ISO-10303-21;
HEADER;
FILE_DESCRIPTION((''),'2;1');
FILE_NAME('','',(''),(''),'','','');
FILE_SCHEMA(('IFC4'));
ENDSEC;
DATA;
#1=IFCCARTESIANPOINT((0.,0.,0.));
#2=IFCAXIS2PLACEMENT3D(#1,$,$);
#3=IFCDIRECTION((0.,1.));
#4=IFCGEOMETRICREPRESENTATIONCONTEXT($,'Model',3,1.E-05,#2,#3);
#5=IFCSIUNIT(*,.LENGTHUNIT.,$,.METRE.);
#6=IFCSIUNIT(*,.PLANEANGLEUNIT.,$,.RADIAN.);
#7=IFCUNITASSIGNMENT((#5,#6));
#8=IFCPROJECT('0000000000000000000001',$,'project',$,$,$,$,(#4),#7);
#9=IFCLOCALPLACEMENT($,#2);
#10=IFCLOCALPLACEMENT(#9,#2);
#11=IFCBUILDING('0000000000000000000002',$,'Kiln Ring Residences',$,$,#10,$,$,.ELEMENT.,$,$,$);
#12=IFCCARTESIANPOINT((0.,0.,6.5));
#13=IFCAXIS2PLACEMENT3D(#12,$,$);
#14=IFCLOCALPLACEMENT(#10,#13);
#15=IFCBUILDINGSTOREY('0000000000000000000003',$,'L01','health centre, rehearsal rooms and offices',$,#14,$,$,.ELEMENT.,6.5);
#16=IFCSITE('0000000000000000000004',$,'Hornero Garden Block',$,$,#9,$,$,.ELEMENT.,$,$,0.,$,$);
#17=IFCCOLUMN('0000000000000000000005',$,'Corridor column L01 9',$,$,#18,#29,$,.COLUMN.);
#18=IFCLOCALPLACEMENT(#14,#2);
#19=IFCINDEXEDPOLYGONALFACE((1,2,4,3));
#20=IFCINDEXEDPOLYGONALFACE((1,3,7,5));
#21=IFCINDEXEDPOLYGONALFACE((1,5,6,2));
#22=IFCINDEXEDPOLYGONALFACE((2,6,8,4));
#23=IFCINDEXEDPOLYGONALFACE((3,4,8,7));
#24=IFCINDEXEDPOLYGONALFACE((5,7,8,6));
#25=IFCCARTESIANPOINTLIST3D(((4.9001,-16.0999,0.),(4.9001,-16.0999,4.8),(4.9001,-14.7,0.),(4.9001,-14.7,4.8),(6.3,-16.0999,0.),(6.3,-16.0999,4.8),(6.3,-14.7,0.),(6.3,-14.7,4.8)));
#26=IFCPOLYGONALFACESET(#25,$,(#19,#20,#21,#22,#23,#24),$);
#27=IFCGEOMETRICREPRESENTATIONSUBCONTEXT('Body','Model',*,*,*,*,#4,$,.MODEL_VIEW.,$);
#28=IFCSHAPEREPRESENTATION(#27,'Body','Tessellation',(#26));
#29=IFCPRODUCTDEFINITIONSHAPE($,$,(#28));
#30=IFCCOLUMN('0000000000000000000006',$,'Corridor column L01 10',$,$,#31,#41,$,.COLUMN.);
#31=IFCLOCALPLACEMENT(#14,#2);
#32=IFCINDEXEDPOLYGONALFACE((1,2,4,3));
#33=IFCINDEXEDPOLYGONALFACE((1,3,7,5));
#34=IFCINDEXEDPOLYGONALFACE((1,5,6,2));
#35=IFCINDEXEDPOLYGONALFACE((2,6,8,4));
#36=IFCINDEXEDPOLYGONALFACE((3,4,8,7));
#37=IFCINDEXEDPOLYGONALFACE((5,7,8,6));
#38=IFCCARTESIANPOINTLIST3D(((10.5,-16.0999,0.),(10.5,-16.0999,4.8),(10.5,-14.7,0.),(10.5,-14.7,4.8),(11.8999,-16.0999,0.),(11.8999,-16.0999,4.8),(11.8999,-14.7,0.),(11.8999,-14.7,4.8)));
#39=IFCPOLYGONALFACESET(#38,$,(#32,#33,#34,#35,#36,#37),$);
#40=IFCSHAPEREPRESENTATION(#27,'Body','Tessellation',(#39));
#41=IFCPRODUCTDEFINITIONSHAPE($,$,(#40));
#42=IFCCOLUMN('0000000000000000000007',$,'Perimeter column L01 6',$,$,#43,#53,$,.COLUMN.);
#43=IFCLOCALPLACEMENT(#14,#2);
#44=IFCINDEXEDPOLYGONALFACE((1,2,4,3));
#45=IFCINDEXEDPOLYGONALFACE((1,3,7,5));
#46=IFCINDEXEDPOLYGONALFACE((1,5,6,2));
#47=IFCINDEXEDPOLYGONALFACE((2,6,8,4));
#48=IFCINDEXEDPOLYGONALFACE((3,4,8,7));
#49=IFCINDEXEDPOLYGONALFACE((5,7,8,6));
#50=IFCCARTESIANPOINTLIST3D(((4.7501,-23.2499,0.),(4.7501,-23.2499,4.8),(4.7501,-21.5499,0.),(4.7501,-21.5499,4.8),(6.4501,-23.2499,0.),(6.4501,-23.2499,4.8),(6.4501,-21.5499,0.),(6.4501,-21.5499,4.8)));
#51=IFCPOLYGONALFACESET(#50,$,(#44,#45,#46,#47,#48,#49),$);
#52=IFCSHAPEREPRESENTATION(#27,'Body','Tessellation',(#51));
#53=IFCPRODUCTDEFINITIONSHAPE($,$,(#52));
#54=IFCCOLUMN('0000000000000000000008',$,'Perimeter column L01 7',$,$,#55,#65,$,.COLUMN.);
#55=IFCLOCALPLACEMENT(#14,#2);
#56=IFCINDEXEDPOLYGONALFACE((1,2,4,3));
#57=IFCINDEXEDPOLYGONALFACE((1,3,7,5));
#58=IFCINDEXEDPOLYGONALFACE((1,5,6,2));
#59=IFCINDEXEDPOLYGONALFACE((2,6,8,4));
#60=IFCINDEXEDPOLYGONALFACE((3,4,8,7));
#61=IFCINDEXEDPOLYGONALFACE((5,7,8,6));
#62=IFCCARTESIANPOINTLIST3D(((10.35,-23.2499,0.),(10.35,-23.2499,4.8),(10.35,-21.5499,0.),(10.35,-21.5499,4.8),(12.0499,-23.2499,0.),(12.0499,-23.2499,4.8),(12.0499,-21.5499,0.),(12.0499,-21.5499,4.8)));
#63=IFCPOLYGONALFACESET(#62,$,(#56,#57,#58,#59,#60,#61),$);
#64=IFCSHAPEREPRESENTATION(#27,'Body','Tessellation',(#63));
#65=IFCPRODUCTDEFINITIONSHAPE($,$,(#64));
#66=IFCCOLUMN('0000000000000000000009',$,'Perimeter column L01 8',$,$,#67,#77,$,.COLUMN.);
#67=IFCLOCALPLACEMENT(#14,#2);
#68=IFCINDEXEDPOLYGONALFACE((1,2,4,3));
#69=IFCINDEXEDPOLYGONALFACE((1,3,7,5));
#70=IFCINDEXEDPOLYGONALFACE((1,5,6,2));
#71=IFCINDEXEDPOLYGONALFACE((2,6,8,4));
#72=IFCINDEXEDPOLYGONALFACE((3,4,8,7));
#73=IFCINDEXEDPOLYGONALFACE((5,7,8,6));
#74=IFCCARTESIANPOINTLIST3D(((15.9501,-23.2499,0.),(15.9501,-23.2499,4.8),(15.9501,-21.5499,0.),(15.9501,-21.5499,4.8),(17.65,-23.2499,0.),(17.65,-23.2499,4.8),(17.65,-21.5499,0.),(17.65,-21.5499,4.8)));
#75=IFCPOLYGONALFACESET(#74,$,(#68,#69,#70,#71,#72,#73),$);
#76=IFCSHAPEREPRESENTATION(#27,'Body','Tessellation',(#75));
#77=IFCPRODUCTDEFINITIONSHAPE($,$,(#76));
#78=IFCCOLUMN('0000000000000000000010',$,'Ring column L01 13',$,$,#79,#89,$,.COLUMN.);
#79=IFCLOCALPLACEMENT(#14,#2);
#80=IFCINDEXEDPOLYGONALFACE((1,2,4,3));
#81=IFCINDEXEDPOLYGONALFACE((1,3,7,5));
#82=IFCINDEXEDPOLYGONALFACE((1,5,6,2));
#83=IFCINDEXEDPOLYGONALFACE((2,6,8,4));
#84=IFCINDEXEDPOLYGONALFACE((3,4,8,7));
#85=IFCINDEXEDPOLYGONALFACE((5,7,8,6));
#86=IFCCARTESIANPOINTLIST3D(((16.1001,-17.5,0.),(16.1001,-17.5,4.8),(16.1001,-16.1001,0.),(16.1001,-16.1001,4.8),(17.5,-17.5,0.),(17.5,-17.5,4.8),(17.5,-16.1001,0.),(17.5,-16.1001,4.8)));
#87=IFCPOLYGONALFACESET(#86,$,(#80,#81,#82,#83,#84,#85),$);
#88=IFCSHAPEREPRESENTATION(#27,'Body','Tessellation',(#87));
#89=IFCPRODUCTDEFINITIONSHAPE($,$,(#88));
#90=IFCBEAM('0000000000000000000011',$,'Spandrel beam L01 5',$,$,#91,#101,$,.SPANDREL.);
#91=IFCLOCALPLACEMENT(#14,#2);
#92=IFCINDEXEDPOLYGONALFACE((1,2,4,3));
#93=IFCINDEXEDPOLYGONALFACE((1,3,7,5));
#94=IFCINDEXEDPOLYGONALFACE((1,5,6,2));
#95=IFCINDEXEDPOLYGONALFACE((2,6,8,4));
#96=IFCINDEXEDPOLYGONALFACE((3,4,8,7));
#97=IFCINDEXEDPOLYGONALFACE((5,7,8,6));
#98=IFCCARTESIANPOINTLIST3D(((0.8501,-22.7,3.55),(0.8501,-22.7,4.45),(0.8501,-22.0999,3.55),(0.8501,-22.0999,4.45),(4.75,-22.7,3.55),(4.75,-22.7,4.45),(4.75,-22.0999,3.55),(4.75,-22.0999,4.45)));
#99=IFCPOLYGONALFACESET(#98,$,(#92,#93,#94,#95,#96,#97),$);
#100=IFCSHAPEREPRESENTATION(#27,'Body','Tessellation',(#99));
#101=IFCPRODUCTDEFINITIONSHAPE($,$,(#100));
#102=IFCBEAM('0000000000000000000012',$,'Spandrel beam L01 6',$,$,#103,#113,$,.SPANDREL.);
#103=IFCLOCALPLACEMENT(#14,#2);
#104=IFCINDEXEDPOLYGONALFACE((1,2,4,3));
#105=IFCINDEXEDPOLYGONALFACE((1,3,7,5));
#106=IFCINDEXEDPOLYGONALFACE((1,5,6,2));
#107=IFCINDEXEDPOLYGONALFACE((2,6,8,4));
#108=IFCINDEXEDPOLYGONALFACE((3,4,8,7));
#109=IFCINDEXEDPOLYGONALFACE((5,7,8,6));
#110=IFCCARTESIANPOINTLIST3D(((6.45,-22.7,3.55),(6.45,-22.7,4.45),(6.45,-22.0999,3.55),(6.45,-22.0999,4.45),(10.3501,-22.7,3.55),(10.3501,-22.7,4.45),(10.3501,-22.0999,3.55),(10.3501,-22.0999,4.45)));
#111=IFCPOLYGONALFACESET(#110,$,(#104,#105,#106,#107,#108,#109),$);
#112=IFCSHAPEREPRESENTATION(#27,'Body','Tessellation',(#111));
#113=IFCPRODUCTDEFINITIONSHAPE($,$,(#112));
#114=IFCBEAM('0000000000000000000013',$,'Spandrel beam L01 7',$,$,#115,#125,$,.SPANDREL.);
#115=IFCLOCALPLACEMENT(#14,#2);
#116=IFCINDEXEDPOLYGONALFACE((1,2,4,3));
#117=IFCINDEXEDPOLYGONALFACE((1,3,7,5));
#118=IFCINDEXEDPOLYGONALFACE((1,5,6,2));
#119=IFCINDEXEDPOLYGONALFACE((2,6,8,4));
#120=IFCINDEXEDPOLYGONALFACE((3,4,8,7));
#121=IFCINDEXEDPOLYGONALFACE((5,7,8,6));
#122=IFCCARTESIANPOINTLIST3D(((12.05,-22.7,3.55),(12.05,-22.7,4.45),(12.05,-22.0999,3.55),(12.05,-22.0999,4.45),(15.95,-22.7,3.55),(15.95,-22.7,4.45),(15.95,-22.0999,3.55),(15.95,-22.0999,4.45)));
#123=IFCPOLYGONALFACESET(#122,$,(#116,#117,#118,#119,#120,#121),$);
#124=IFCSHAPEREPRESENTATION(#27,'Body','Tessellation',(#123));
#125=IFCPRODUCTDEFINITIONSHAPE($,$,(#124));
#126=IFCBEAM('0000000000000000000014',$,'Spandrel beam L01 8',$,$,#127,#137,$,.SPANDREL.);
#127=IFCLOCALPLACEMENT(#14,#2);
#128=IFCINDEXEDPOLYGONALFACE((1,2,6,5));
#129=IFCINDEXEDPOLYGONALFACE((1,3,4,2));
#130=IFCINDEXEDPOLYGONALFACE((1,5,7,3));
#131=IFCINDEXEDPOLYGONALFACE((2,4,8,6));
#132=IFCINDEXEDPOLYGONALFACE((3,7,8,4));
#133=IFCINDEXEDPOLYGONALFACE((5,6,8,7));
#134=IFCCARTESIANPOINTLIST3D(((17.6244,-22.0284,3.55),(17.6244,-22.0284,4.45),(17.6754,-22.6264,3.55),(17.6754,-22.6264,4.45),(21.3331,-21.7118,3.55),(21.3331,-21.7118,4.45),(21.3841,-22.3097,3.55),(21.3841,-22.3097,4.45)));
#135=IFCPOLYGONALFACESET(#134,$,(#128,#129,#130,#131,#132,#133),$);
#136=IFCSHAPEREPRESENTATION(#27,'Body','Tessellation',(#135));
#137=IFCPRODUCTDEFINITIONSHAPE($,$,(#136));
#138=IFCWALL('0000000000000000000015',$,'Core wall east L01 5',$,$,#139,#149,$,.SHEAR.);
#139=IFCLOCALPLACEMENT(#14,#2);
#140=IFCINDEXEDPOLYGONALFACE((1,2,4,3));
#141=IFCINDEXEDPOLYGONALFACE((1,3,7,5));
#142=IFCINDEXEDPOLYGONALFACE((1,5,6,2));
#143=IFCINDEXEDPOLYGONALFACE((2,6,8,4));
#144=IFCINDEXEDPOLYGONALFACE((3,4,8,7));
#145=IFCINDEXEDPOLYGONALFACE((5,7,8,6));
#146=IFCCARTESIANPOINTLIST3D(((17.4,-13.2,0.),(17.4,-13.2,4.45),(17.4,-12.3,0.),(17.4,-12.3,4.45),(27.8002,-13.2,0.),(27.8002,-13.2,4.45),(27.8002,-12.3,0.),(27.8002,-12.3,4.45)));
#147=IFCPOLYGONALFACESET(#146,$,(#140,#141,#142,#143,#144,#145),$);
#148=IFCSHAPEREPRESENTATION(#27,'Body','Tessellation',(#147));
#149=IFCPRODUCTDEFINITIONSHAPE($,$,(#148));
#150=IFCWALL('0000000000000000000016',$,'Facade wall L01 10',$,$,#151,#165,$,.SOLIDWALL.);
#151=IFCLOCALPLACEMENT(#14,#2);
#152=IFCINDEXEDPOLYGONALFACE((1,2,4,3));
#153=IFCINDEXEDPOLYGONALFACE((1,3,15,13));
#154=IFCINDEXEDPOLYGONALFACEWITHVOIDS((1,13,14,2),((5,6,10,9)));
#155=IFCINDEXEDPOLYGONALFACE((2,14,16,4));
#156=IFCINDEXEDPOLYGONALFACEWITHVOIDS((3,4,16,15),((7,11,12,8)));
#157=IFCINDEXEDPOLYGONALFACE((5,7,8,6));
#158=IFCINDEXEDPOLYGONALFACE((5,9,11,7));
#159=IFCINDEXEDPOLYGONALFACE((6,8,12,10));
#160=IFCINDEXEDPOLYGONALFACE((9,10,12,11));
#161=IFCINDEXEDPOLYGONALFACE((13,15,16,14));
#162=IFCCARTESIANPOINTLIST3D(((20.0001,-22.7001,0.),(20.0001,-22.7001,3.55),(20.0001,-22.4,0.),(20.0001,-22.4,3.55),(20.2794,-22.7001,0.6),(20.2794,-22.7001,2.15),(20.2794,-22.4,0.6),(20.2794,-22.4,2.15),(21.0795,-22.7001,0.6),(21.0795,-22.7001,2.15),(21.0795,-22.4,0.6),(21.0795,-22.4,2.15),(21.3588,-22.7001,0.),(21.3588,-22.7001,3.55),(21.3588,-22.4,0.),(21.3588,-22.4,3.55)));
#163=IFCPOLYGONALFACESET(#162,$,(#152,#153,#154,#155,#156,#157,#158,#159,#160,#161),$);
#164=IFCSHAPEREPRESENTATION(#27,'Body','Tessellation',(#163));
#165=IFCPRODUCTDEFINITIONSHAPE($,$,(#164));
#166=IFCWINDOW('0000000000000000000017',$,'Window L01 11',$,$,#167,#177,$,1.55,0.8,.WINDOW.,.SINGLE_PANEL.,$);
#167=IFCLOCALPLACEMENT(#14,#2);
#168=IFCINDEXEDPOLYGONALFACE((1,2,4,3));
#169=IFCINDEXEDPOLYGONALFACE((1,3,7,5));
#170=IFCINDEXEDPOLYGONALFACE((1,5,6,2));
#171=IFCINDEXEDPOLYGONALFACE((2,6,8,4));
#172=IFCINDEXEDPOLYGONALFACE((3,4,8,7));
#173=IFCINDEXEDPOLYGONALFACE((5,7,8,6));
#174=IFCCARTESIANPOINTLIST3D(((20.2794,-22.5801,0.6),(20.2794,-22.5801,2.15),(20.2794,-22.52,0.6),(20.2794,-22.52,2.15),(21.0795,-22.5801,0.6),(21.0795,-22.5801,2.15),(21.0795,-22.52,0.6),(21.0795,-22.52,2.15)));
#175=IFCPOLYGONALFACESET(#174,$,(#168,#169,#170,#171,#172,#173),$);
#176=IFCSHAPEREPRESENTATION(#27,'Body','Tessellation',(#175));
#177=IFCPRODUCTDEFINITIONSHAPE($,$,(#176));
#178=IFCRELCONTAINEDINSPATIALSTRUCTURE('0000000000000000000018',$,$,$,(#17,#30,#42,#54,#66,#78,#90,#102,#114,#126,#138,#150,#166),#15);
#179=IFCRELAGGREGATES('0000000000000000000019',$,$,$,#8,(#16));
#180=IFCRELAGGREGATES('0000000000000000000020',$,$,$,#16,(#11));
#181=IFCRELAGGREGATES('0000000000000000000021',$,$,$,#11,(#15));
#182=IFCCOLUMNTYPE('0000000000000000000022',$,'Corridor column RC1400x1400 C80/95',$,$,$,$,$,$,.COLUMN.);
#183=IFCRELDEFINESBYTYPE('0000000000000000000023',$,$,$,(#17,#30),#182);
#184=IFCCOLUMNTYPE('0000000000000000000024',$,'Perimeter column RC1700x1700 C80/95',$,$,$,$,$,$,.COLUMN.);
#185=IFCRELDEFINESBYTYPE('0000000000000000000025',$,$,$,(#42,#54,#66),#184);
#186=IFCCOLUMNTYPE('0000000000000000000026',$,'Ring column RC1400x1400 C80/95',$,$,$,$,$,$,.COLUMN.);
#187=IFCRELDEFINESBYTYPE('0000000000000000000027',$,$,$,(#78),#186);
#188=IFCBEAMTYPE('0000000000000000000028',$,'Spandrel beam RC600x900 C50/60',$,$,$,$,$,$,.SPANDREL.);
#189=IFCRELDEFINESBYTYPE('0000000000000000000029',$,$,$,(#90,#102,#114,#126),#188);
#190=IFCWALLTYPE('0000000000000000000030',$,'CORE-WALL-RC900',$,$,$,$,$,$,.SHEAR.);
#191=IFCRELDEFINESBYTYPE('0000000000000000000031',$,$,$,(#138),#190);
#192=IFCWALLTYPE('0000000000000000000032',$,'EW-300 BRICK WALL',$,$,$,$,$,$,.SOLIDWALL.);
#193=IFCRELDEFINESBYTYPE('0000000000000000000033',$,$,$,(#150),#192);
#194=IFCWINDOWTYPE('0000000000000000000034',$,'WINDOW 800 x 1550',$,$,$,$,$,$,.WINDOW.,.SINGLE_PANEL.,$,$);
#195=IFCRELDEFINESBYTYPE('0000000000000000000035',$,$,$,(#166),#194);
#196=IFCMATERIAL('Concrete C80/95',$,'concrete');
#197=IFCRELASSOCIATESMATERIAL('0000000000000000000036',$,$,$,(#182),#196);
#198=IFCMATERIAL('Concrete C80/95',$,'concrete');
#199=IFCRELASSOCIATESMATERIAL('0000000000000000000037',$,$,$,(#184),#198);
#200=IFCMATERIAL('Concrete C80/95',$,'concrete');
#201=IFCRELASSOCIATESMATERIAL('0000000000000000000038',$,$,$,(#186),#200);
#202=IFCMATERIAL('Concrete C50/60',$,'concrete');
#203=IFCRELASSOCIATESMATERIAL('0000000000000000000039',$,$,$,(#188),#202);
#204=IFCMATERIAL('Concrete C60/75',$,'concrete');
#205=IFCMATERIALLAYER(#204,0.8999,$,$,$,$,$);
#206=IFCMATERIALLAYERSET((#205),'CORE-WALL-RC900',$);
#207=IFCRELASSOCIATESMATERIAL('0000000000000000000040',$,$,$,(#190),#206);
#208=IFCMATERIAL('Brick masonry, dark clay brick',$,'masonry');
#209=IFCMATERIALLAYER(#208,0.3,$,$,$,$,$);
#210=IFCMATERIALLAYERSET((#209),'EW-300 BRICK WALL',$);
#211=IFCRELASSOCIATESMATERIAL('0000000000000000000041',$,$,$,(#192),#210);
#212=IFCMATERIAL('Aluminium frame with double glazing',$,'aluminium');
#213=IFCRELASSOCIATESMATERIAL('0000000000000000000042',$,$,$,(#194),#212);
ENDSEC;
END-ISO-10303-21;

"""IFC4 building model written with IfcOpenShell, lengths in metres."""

from ifc_helpers import new_model, si_unit, direction, frame, frame_2d, origin, origin_2d, place, context, subcontext, project, spatial, rectangle, extrude, material, layer, layer_set, material_profile, profile_set, type_object, element, fill, save


model = new_model("IFC4")

# Units and contexts
model_context = context("Model", 3, precision=1e-05, world=origin(), true_north=direction((0.0, 1.0)))
body_context = subcontext(model_context, "Body", "Model", "MODEL_VIEW")
ifc_project = project(units=[si_unit("LENGTHUNIT", "METRE"), si_unit("PLANEANGLEUNIT", "RADIAN")], contexts=[model_context])

# Site, building, storey
site_placement = place(None, origin())
site = spatial("IfcSite", under=ifc_project, at=site_placement, Name="Hornero Garden Block", CompositionType="ELEMENT", RefElevation=0.0)
building_placement = place(site_placement, origin())
building = spatial("IfcBuilding", under=site, at=building_placement, Name="Kiln Ring Residences", CompositionType="ELEMENT")
storey_placement = place(building_placement, frame((0.0, 0.0, 6.5)))
storey = spatial("IfcBuildingStorey", under=building, at=storey_placement, Name="L01", Description="health centre, rehearsal rooms and offices", CompositionType="ELEMENT", Elevation=6.5)

# Columns
ifc_material_1 = material(Name="Concrete C80/95", Category="concrete")
ifc_material_profile_1 = material_profile(ifc_material_1, rectangle(XDim=1.3999, YDim=1.3999, at=origin_2d()), Name="RC1400x1400")
ifc_profile_set_1 = profile_set([ifc_material_profile_1], Name="Concrete C80/95")
column_type_1 = type_object("IfcColumnType", Name="Corridor column RC1400x1400 C80/95", PredefinedType="COLUMN", material=ifc_profile_set_1)
for number, where, z_axis, x_axis, name in (
    (1, (5.6001, -15.3999, 0.0), (0.0, 0.0, 1.0), (1.0, 0.0, 0.0), "Corridor column L01 9"),
    (2, (11.2, -15.3999, 0.0), (0.0, 0.0, 1.0), (1.0, 0.0, 0.0), "Corridor column L01 10"),
):
    element("IfcColumn", number, at=place(storey_placement, frame(where, z_axis=z_axis, x_axis=x_axis)), inside=storey, type_object=column_type_1, Name=name, PredefinedType="COLUMN", context=body_context, shape_type="SweptSolid", body=[
        extrude(rectangle(XDim=1.3999, YDim=1.3999, at=origin_2d()), origin(), (0.0, 0.0, 1.0), 4.8),
    ])
ifc_material_2 = material(Name="Concrete C80/95", Category="concrete")
ifc_material_profile_2 = material_profile(ifc_material_2, rectangle(XDim=1.7, YDim=1.7, at=origin_2d()), Name="RC1700x1700")
ifc_profile_set_2 = profile_set([ifc_material_profile_2], Name="Concrete C80/95")
column_type_2 = type_object("IfcColumnType", Name="Perimeter column RC1700x1700 C80/95", PredefinedType="COLUMN", material=ifc_profile_set_2)
for number, where, z_axis, x_axis, name in (
    (3, (5.6001, -22.3999, 0.0), (0.0, 0.0, 1.0), (1.0, 0.0, 0.0), "Perimeter column L01 6"),
    (4, (11.2, -22.3999, 0.0), (0.0, 0.0, 1.0), (1.0, 0.0, 0.0), "Perimeter column L01 7"),
    (5, (16.8, -22.3999, 0.0), (0.0, 0.0, 1.0), (1.0, 0.0, 0.0), "Perimeter column L01 8"),
):
    element("IfcColumn", number, at=place(storey_placement, frame(where, z_axis=z_axis, x_axis=x_axis)), inside=storey, type_object=column_type_2, Name=name, PredefinedType="COLUMN", context=body_context, shape_type="SweptSolid", body=[
        extrude(rectangle(XDim=1.7, YDim=1.7, at=origin_2d()), origin(), (0.0, 0.0, 1.0), 4.8),
    ])
ifc_material_3 = material(Name="Concrete C80/95", Category="concrete")
ifc_material_profile_3 = material_profile(ifc_material_3, rectangle(XDim=1.3999, YDim=1.3999, at=origin_2d()), Name="RC1400x1400")
ifc_profile_set_3 = profile_set([ifc_material_profile_3], Name="Concrete C80/95")
column_type_3 = type_object("IfcColumnType", Name="Ring column RC1400x1400 C80/95", PredefinedType="COLUMN", material=ifc_profile_set_3)
column_placement = place(storey_placement, frame((16.8, -16.8, 0.0), z_axis=(0.0, 0.0, 1.0), x_axis=(1.0, 0.0, 0.0)))
element("IfcColumn", 6, at=column_placement, inside=storey, type_object=column_type_3, Name="Ring column L01 13", PredefinedType="COLUMN", context=body_context, shape_type="SweptSolid", body=[
    extrude(rectangle(XDim=1.3999, YDim=1.3999, at=origin_2d()), origin(), (0.0, 0.0, 1.0), 4.8),
])

# Beams
ifc_material_4 = material(Name="Concrete C50/60", Category="concrete")
ifc_material_profile_4 = material_profile(ifc_material_4, rectangle(XDim=0.6001, YDim=0.8999, at=origin_2d()), Name="RC600x900")
ifc_profile_set_4 = profile_set([ifc_material_profile_4], Name="Concrete C50/60")
beam_type = type_object("IfcBeamType", Name="Spandrel beam RC600x900 C50/60", PredefinedType="SPANDREL", material=ifc_profile_set_4)
beam_1_placement = place(storey_placement, frame((0.8501, -22.3999, 4.0), z_axis=(1.0, 0.0, 0.0), x_axis=(0.0, 1.0, 0.0)))
element("IfcBeam", 7, at=beam_1_placement, inside=storey, type_object=beam_type, Name="Spandrel beam L01 5", PredefinedType="SPANDREL", context=body_context, shape_type="SweptSolid", body=[
    extrude(rectangle(XDim=0.6001, YDim=0.8999, at=origin_2d()), origin(), (0.0, 0.0, 1.0), 3.8999),
])
beam_2_placement = place(storey_placement, frame((6.45, -22.3999, 4.0), z_axis=(1.0, 0.0, 0.0), x_axis=(0.0, 1.0, 0.0)))
element("IfcBeam", 8, at=beam_2_placement, inside=storey, type_object=beam_type, Name="Spandrel beam L01 6", PredefinedType="SPANDREL", context=body_context, shape_type="SweptSolid", body=[
    extrude(rectangle(XDim=0.6001, YDim=0.8999, at=origin_2d()), origin(), (0.0, 0.0, 1.0), 3.9001),
])
beam_3_placement = place(storey_placement, frame((12.05, -22.3999, 4.0), z_axis=(1.0, 0.0, 0.0), x_axis=(0.0, 1.0, 0.0)))
element("IfcBeam", 9, at=beam_3_placement, inside=storey, type_object=beam_type, Name="Spandrel beam L01 7", PredefinedType="SPANDREL", context=body_context, shape_type="SweptSolid", body=[
    extrude(rectangle(XDim=0.6001, YDim=0.8999, at=origin_2d()), origin(), (0.0, 0.0, 1.0), 3.8999),
])
beam_4_placement = place(storey_placement, frame((17.6499, -22.3274, 4.0), z_axis=(0.996375, 0.08507, 0.0), x_axis=(-0.08507, 0.996375, 0.0)))
element("IfcBeam", 10, at=beam_4_placement, inside=storey, type_object=beam_type, Name="Spandrel beam L01 8", PredefinedType="SPANDREL", context=body_context, shape_type="SweptSolid", body=[
    extrude(rectangle(XDim=0.6001, YDim=0.8999, at=origin_2d()), origin(), (0.0, 0.0, 1.0), 3.7222),
])

# Wall
ifc_material_5 = material(Name="Concrete C60/75", Category="concrete")
ifc_layer_1 = layer(ifc_material_5, 0.8999)
ifc_layer_set_1 = layer_set([ifc_layer_1], Name="CORE-WALL-RC900")
wall_type_1 = type_object("IfcWallType", Name="CORE-WALL-RC900", PredefinedType="SHEAR", material=ifc_layer_set_1)
wall_1_placement = place(storey_placement, frame((17.3999, -12.75, 0.0), z_axis=(0.0, 0.0, 1.0), x_axis=(1.0, 0.0, 0.0)))
element("IfcWall", 11, at=wall_1_placement, inside=storey, type_object=wall_type_1, Name="Core wall east L01 5", PredefinedType="SHEAR", context=body_context, shape_type="SweptSolid", body=[
    extrude(rectangle(XDim=10.4001, YDim=0.8999, at=frame_2d((5.2002, 0.0))), origin(), (0.0, 0.0, 1.0), 4.45),
])

# Wall, opening, window
ifc_material_6 = material(Name="Brick masonry, dark clay brick", Category="masonry")
ifc_layer_2 = layer(ifc_material_6, 0.3)
ifc_layer_set_2 = layer_set([ifc_layer_2], Name="EW-300 BRICK WALL")
wall_type_2 = type_object("IfcWallType", Name="EW-300 BRICK WALL", PredefinedType="SOLIDWALL", material=ifc_layer_set_2)
wall_2_placement = place(storey_placement, frame((21.3586, -22.55, 0.0), z_axis=(0.0, 0.0, 1.0), x_axis=(-1.0, 0.0, 0.0)))
wall_2 = element("IfcWall", 12, at=wall_2_placement, inside=storey, type_object=wall_type_2, Name="Facade wall L01 10", PredefinedType="SOLIDWALL", context=body_context, shape_type="SweptSolid", body=[
    extrude(rectangle(XDim=1.3586, YDim=0.3, at=frame_2d((0.6792, 0.0))), origin(), (0.0, 0.0, 1.0), 3.55),
])
opening_placement = place(wall_2_placement, frame((0.2793, 0.0, 0.6001)))
opening = element("IfcOpeningElement", 13, at=opening_placement, cuts=wall_2, PredefinedType="OPENING", context=body_context, shape_type="SweptSolid", body=[
    extrude(rectangle(XDim=0.8, YDim=1.55, at=frame_2d((0.3999, 0.7749))), frame((0.0, 0.1599, 0.0), z_axis=(0.0, -1.0, 0.0), x_axis=(1.0, 0.0, 0.0)), (0.0, 0.0, 1.0), 0.3201),
])
ifc_material_7 = material(Name="Aluminium frame with double glazing", Category="aluminium")
window_type = type_object("IfcWindowType", Name="WINDOW 800 x 1550", PartitioningType="SINGLE_PANEL", PredefinedType="WINDOW", material=ifc_material_7)
window_placement = place(opening_placement, origin())
window = element("IfcWindow", 14, at=window_placement, inside=storey, type_object=window_type, Name="Window L01 11", OverallHeight=1.55, OverallWidth=0.8, PartitioningType="SINGLE_PANEL", PredefinedType="WINDOW", context=body_context, shape_type="SweptSolid", body=[
    extrude(rectangle(XDim=0.8, YDim=1.55, at=frame_2d((0.3999, 0.7749))), frame((0.0, 0.03, 0.0), z_axis=(0.0, -1.0, 0.0), x_axis=(1.0, 0.0, 0.0)), (0.0, 0.0, 1.0), 0.0601),
])
fill(opening, window)

save(model, "model.ifc")
